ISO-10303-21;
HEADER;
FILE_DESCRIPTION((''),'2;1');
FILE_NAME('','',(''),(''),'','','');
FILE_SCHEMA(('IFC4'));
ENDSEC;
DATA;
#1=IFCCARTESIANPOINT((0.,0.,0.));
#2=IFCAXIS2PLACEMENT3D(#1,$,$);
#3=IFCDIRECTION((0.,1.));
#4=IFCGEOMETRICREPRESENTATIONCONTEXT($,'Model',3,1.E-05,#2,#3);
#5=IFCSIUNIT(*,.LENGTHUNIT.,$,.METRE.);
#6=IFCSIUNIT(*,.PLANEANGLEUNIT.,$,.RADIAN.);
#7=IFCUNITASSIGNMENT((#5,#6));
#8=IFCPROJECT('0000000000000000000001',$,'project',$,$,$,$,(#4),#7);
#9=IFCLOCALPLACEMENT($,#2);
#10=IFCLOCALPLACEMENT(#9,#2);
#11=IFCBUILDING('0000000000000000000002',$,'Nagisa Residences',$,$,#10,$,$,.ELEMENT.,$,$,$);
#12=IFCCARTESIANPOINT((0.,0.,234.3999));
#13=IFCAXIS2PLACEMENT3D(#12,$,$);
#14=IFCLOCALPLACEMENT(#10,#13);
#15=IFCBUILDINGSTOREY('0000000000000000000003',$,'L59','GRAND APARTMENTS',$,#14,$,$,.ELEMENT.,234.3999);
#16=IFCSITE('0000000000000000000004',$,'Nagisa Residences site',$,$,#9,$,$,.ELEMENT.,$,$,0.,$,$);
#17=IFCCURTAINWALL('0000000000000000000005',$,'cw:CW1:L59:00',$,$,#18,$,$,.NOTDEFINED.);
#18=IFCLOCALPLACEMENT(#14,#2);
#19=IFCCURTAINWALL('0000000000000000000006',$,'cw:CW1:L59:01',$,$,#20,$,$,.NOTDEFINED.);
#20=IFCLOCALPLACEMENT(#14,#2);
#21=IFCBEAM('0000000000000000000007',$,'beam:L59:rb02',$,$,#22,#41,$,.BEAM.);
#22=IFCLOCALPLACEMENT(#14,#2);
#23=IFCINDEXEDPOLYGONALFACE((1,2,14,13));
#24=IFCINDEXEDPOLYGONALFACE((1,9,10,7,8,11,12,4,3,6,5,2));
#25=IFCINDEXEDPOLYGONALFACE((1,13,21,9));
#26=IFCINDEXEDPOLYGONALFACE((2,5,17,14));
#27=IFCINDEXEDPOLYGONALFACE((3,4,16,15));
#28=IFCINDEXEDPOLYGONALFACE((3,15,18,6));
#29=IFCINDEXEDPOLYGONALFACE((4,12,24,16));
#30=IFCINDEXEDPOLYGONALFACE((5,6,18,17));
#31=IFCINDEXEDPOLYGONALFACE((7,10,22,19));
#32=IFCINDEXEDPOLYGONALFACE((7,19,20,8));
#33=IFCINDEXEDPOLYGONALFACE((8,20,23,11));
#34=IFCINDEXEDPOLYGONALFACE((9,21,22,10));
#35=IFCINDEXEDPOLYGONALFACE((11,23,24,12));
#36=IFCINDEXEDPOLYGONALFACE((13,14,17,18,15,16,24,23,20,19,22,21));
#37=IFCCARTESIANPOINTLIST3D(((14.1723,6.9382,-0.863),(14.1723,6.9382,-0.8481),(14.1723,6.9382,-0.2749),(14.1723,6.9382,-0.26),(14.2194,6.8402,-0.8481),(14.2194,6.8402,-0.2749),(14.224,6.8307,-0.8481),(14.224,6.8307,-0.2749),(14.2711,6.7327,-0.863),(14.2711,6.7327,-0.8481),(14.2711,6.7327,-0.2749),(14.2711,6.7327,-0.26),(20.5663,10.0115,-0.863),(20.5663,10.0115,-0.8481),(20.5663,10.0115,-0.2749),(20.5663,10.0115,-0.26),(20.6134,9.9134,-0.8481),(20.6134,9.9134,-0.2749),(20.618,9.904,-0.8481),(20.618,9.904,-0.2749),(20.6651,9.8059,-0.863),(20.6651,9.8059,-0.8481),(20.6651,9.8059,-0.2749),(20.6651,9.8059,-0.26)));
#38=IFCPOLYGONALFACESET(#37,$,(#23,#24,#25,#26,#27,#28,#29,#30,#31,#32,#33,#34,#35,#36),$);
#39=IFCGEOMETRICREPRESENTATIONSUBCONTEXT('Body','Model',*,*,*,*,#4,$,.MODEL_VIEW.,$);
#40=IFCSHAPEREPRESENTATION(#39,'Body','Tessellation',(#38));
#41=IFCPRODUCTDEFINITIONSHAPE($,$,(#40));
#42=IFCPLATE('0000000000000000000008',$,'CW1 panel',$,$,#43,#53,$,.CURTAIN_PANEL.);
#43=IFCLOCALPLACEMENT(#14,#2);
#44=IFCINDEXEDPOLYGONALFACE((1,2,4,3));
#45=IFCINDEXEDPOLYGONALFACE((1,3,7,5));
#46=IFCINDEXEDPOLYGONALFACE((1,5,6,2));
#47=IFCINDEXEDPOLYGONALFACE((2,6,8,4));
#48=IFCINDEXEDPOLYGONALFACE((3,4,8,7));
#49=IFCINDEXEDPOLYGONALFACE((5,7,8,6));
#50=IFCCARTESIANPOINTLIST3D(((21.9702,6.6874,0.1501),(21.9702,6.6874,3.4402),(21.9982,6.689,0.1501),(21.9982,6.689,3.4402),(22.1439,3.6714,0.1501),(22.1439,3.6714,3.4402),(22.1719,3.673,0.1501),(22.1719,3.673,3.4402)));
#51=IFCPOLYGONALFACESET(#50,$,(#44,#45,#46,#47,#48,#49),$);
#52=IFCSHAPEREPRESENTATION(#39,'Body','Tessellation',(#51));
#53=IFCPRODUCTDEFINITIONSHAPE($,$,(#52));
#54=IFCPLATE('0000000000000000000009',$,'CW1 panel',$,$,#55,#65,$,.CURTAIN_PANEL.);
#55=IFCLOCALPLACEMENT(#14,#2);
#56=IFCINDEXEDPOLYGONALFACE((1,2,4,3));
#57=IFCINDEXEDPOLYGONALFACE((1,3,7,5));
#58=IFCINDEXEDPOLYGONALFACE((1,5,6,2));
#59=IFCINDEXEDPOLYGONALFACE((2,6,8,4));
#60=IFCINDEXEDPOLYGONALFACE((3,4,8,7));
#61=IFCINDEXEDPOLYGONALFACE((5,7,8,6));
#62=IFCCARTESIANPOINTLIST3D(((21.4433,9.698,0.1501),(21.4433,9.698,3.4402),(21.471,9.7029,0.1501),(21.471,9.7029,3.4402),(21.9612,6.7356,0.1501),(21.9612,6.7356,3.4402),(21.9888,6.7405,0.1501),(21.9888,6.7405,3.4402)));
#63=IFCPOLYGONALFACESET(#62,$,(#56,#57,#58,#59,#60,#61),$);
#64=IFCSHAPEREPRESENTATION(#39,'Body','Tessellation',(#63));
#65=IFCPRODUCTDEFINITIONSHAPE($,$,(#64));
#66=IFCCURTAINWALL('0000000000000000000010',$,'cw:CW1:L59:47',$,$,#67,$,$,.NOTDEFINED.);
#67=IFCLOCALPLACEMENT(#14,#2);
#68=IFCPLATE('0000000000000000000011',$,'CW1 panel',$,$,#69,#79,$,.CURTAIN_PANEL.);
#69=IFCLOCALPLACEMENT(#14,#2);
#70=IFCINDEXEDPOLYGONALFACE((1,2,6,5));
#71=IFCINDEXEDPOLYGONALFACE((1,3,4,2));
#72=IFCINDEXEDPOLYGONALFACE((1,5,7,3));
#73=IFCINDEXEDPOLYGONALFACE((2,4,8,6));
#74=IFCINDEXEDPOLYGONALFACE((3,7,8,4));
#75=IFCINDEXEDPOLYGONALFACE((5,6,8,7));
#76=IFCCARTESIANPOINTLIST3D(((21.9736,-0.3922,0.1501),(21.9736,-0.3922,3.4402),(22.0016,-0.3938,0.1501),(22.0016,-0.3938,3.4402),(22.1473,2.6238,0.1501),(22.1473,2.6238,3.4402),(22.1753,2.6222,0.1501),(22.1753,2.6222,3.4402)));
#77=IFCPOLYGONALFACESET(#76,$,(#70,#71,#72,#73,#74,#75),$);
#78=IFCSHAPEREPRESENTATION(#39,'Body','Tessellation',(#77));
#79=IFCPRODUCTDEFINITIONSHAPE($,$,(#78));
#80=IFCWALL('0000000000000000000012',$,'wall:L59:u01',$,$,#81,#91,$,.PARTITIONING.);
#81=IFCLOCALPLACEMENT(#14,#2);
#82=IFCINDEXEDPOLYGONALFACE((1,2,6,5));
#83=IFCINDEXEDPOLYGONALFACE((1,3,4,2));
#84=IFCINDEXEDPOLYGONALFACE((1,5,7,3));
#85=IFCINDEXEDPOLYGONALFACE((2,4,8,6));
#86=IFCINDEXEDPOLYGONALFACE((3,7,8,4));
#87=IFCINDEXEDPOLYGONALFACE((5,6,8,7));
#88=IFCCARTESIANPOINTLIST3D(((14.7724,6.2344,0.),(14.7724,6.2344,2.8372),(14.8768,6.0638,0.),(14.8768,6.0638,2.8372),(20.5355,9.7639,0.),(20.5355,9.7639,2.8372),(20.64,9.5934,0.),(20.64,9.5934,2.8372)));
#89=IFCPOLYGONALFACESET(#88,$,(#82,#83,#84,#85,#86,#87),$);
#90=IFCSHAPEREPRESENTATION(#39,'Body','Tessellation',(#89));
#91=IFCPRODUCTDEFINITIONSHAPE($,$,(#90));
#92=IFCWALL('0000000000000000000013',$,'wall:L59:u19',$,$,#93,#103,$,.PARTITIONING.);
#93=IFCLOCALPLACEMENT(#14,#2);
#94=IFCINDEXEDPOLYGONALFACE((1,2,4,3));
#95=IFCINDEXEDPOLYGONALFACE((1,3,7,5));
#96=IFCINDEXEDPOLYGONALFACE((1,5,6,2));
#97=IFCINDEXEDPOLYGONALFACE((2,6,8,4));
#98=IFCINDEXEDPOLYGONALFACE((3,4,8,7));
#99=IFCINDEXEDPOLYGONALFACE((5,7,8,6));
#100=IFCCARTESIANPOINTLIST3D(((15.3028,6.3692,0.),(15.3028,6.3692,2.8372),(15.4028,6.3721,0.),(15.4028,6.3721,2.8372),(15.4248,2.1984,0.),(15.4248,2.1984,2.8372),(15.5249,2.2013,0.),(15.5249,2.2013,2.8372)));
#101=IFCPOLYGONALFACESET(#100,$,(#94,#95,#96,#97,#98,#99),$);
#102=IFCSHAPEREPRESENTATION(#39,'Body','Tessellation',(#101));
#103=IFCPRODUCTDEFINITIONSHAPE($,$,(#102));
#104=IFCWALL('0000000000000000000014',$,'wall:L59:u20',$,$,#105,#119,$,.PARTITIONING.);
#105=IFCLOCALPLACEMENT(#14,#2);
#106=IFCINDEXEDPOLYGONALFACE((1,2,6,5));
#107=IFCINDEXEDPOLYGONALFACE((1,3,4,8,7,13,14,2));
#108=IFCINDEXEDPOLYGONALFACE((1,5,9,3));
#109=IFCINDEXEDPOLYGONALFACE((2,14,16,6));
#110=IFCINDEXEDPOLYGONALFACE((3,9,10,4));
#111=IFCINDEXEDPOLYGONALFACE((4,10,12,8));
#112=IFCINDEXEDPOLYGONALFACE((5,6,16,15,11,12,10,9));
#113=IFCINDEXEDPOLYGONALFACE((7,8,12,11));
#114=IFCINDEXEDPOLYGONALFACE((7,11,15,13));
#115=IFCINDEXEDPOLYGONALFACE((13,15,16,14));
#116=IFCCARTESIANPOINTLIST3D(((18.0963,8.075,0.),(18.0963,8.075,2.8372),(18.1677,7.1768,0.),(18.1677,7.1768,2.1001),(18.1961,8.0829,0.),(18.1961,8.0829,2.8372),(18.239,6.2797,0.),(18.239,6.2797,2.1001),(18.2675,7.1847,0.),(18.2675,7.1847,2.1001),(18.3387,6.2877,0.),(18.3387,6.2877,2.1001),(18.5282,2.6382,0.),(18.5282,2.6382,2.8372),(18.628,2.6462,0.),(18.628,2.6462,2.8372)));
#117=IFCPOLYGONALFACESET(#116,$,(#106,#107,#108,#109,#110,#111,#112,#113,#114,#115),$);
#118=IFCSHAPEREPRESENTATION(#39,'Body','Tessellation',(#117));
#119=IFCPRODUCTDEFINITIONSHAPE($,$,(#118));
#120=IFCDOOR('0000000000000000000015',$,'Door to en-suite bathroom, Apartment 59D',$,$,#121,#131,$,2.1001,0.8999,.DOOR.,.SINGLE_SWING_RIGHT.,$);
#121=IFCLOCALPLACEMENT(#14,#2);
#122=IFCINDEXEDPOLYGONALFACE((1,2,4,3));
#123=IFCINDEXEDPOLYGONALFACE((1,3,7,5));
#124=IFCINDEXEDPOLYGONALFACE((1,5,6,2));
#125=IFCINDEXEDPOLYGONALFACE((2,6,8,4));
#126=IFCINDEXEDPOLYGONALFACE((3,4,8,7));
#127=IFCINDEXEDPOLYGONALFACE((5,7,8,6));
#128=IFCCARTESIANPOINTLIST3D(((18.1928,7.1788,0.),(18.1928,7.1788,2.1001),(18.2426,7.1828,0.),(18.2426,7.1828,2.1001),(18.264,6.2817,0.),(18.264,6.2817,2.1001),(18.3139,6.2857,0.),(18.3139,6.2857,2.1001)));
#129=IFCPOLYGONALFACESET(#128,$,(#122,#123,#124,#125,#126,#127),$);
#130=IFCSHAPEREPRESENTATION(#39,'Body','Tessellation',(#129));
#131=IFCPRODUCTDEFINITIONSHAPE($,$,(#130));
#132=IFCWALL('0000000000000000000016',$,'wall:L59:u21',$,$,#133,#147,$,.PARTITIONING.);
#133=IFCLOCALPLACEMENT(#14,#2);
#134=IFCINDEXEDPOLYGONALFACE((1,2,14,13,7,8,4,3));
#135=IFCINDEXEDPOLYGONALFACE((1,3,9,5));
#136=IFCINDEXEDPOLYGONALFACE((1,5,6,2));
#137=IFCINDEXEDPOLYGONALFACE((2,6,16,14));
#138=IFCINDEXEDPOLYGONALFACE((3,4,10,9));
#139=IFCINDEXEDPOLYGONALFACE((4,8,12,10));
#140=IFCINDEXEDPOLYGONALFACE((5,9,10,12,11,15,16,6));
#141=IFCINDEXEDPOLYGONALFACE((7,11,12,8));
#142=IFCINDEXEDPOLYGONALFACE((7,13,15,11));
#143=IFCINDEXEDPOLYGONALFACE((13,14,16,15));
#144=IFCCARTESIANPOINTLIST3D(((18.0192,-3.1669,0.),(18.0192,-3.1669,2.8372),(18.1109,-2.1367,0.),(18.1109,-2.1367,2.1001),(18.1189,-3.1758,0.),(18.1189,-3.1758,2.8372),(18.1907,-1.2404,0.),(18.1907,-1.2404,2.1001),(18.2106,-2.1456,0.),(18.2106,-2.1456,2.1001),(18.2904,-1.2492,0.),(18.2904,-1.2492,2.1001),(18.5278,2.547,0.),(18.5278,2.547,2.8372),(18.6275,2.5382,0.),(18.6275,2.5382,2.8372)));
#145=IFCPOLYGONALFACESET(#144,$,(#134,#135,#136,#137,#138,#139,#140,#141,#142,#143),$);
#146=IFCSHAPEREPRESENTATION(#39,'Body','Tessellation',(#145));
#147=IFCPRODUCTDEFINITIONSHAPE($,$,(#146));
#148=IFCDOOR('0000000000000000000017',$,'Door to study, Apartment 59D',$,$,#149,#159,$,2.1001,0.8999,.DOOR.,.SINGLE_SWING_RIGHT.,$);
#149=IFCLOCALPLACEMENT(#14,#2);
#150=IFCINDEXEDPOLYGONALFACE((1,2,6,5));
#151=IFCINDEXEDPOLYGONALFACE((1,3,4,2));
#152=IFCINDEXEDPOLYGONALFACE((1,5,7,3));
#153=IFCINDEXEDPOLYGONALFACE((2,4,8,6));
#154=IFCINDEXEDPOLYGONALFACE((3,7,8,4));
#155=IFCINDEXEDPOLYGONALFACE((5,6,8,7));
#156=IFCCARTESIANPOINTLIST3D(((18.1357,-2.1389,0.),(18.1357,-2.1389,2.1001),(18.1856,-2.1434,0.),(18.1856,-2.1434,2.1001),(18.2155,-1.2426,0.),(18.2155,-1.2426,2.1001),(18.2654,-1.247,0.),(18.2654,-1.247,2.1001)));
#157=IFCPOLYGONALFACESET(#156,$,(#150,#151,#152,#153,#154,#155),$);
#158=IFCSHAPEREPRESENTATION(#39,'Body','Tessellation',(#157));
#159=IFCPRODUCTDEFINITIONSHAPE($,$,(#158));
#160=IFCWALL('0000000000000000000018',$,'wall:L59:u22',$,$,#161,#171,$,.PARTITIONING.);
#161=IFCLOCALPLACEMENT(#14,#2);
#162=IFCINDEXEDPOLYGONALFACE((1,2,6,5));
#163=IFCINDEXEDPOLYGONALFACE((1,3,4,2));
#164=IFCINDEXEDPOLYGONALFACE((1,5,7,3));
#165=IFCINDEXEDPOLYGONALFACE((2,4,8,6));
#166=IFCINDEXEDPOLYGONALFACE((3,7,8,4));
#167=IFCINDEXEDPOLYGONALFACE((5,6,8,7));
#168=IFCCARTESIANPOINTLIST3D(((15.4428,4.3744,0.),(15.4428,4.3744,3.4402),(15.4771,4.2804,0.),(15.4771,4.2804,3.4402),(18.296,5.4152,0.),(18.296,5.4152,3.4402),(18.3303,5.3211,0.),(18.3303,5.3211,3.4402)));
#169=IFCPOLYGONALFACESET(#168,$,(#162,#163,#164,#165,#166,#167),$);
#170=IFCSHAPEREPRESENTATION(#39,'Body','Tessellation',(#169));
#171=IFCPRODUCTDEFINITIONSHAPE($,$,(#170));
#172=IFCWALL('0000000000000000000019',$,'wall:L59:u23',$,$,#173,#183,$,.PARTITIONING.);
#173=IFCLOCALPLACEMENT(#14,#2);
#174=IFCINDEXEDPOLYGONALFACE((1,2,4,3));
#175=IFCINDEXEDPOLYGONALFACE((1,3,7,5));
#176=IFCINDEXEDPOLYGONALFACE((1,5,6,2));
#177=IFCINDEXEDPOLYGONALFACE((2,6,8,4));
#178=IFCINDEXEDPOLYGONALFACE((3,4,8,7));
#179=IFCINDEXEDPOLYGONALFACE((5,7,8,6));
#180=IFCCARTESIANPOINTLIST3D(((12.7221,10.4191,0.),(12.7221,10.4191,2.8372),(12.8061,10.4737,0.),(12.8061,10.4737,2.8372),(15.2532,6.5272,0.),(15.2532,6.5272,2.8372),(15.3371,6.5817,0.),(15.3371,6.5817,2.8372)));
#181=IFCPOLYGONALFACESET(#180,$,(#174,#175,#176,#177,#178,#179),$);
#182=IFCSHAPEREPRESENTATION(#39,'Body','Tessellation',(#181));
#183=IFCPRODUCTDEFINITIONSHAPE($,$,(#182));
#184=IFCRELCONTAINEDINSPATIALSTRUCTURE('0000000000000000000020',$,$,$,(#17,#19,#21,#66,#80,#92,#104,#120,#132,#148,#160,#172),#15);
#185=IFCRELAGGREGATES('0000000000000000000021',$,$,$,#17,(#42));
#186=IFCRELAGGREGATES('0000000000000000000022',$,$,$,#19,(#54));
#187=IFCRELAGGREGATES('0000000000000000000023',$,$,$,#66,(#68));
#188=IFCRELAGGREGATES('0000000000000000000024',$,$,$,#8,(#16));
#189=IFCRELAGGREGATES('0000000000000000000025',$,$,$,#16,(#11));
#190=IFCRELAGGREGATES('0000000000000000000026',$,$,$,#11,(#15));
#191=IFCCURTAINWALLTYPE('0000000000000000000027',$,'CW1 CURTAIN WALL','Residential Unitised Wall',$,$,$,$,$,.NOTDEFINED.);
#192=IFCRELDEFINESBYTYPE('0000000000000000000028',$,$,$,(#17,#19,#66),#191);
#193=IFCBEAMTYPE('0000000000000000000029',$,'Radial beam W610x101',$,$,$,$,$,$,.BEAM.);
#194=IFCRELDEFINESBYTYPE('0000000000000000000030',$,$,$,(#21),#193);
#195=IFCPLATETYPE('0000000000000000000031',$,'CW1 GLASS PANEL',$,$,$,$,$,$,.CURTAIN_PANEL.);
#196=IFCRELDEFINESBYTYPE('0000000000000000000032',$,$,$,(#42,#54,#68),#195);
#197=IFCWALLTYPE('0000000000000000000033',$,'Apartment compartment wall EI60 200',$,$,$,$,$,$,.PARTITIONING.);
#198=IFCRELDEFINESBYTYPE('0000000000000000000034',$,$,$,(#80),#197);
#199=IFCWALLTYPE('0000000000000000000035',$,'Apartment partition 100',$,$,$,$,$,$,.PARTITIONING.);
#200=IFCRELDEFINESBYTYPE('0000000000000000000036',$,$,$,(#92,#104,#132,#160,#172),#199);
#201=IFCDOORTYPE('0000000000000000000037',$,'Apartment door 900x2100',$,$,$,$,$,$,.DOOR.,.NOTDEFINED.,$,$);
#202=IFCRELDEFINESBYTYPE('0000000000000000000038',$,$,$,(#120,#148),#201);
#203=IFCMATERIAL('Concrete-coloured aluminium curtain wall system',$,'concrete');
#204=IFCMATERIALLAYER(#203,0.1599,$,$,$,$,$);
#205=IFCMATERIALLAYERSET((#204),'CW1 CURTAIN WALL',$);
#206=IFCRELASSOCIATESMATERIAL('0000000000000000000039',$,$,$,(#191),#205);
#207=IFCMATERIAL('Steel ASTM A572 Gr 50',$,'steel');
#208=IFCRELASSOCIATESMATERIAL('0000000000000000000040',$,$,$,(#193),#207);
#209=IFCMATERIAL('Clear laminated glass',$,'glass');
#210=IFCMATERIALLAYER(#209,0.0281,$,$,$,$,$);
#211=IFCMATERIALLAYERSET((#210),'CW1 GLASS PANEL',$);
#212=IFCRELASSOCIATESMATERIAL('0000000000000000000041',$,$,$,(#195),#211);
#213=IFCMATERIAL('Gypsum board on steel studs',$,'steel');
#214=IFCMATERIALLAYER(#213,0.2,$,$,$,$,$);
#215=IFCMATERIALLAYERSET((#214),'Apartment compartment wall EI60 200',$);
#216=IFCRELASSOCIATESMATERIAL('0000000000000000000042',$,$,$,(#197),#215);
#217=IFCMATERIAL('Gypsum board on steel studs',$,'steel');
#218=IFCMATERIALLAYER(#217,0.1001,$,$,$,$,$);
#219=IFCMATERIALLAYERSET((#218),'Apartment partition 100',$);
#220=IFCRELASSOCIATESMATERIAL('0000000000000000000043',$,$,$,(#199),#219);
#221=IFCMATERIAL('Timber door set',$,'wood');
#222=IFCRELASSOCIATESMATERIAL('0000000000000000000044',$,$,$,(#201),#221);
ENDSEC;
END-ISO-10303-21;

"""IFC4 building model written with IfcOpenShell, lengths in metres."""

from ifc_helpers import new_model, si_unit, direction, frame, frame_2d, origin, origin_2d, place, context, subcontext, project, spatial, rectangle, i_section, extrude, material, layer, layer_set, material_profile, profile_set, type_object, element, fill, aggregate, save


model = new_model("IFC4")

# Units and contexts
model_context = context("Model", 3, precision=1e-05, world=origin(), true_north=direction((0.0, 1.0)))
body_context = subcontext(model_context, "Body", "Model", "MODEL_VIEW")
ifc_project = project(units=[si_unit("LENGTHUNIT", "METRE"), si_unit("PLANEANGLEUNIT", "RADIAN")], contexts=[model_context])

# Site, building, storey
site_placement = place(None, origin())
site = spatial("IfcSite", under=ifc_project, at=site_placement, Name="Nagisa Residences site", CompositionType="ELEMENT", RefElevation=0.0)
building_placement = place(site_placement, origin())
building = spatial("IfcBuilding", under=site, at=building_placement, Name="Nagisa Residences", CompositionType="ELEMENT")
storey_placement = place(building_placement, frame((0.0, 0.0, 234.3999)))
storey = spatial("IfcBuildingStorey", under=building, at=storey_placement, Name="L59", Description="GRAND APARTMENTS", CompositionType="ELEMENT", Elevation=234.3999)

# Curtain walls
ifc_material_1 = material(Name="Concrete-coloured aluminium curtain wall system", Category="concrete")
ifc_layer_1 = layer(ifc_material_1, 0.1599)
ifc_layer_set_1 = layer_set([ifc_layer_1], Name="CW1 CURTAIN WALL")
curtain_wall_type = type_object("IfcCurtainWallType", Name="CW1 CURTAIN WALL", Description="Residential Unitised Wall", PredefinedType="NOTDEFINED", material=ifc_layer_set_1)
curtain_wall_1_placement = place(storey_placement, origin())
curtain_wall_1 = element("IfcCurtainWall", 1, at=curtain_wall_1_placement, inside=storey, type_object=curtain_wall_type, Name="cw:CW1:L59:00", PredefinedType="NOTDEFINED")
curtain_wall_2_placement = place(storey_placement, origin())
curtain_wall_2 = element("IfcCurtainWall", 2, at=curtain_wall_2_placement, inside=storey, type_object=curtain_wall_type, Name="cw:CW1:L59:01", PredefinedType="NOTDEFINED")

# Beam
ifc_material_2 = material(Name="Steel ASTM A572 Gr 50", Category="steel")
ifc_material_profile_1 = material_profile(ifc_material_2, i_section(OverallWidth=0.228, OverallDepth=0.603, WebThickness=0.0105, FlangeThickness=0.0149, at=origin_2d()), Name="W610x101")
ifc_profile_set_1 = profile_set([ifc_material_profile_1], Name="Steel ASTM A572 Gr 50")
beam_type_1 = type_object("IfcBeamType", Name="Radial beam W610x101", PredefinedType="BEAM", material=ifc_profile_set_1)
beam_1_placement = place(storey_placement, frame((20.6157, 9.9087, -0.5615), z_axis=(-0.901297, -0.433201, 0.0), x_axis=(0.433201, -0.901297, 0.0)))
element("IfcBeam", 3, at=beam_1_placement, inside=storey, type_object=beam_type_1, Name="beam:L59:rb02", PredefinedType="BEAM", context=body_context, shape_type="SweptSolid", body=[
    extrude(i_section(OverallWidth=0.228, OverallDepth=0.603, WebThickness=0.0105, FlangeThickness=0.0149, at=origin_2d()), origin(), (0.0, 0.0, 1.0), 7.0942),
])

# Plates
ifc_material_3 = material(Name="Clear laminated glass", Category="glass")
ifc_layer_2 = layer(ifc_material_3, 0.0281)
ifc_layer_set_2 = layer_set([ifc_layer_2], Name="CW1 GLASS PANEL")
plate_type = type_object("IfcPlateType", Name="CW1 GLASS PANEL", PredefinedType="CURTAIN_PANEL", material=ifc_layer_set_2)
plate_1_placement = place(storey_placement, frame((22.071, 5.1802, 0.1501), z_axis=(0.0, 0.0, 1.0), x_axis=(-0.057503, 0.998345, 0.0)))
plate_1 = element("IfcPlate", 4, at=plate_1_placement, type_object=plate_type, Name="CW1 panel", PredefinedType="CURTAIN_PANEL", context=body_context, shape_type="SweptSolid", body=[
    extrude(rectangle(XDim=3.021, YDim=0.0281, at=origin_2d()), origin(), (0.0, 0.0, 1.0), 3.29),
])
aggregate(curtain_wall_1, [plate_1])
plate_2_placement = place(storey_placement, frame((21.7161, 8.2192, 0.1501), z_axis=(0.0, 0.0, 1.0), x_axis=(-0.172191, 0.985064, 0.0)))
plate_2 = element("IfcPlate", 5, at=plate_2_placement, type_object=plate_type, Name="CW1 panel", PredefinedType="CURTAIN_PANEL", context=body_context, shape_type="SweptSolid", body=[
    extrude(rectangle(XDim=3.0073, YDim=0.0281, at=origin_2d()), origin(), (0.0, 0.0, 1.0), 3.29),
])
aggregate(curtain_wall_2, [plate_2])

# Curtain wall, plate
curtain_wall_3_placement = place(storey_placement, origin())
curtain_wall_3 = element("IfcCurtainWall", 6, at=curtain_wall_3_placement, inside=storey, type_object=curtain_wall_type, Name="cw:CW1:L59:47", PredefinedType="NOTDEFINED")
plate_3_placement = place(storey_placement, frame((22.0745, 1.115, 0.1501), z_axis=(0.0, 0.0, 1.0), x_axis=(0.057503, 0.998345, 0.0)))
plate_3 = element("IfcPlate", 7, at=plate_3_placement, type_object=plate_type, Name="CW1 panel", PredefinedType="CURTAIN_PANEL", context=body_context, shape_type="SweptSolid", body=[
    extrude(rectangle(XDim=3.021, YDim=0.0281, at=origin_2d()), origin(), (0.0, 0.0, 1.0), 3.29),
])
aggregate(curtain_wall_3, [plate_3])

# Walls
ifc_material_4 = material(Name="Gypsum board on steel studs", Category="steel")
ifc_layer_3 = layer(ifc_material_4, 0.2)
ifc_layer_set_3 = layer_set([ifc_layer_3], Name="Apartment compartment wall EI60 200")
wall_type_1 = type_object("IfcWallType", Name="Apartment compartment wall EI60 200", PredefinedType="PARTITIONING", material=ifc_layer_set_3)
wall_1_placement = place(storey_placement, frame((14.8247, 6.1492, 0.0), z_axis=(0.0, 0.0, 1.0), x_axis=(0.852781, 0.522268, 0.0)))
element("IfcWall", 8, at=wall_1_placement, inside=storey, type_object=wall_type_1, Name="wall:L59:u01", PredefinedType="PARTITIONING", context=body_context, shape_type="SweptSolid", body=[
    extrude(rectangle(XDim=6.7581, YDim=0.2, at=frame_2d((3.3789, 0.0))), origin(), (0.0, 0.0, 1.0), 2.8372),
])
ifc_material_5 = material(Name="Gypsum board on steel studs", Category="steel")
ifc_layer_4 = layer(ifc_material_5, 0.1001)
ifc_layer_set_4 = layer_set([ifc_layer_4], Name="Apartment partition 100")
wall_type_2 = type_object("IfcWallType", Name="Apartment partition 100", PredefinedType="PARTITIONING", material=ifc_layer_set_4)
wall_2_placement = place(storey_placement, frame((15.4749, 2.1997, 0.0), z_axis=(0.0, 0.0, 1.0), x_axis=(-0.029255, 0.999572, 0.0)))
element("IfcWall", 9, at=wall_2_placement, inside=storey, type_object=wall_type_2, Name="wall:L59:u19", PredefinedType="PARTITIONING", context=body_context, shape_type="SweptSolid", body=[
    extrude(rectangle(XDim=4.1726, YDim=0.1001, at=frame_2d((2.0864, 0.0))), origin(), (0.0, 0.0, 1.0), 2.8372),
])

# Walls, openings, doors
wall_3_placement = place(storey_placement, frame((18.5781, 2.6421, 0.0), z_axis=(0.0, 0.0, 1.0), x_axis=(-0.079188, 0.99686, 0.0)))
wall_3 = element("IfcWall", 10, at=wall_3_placement, inside=storey, type_object=wall_type_2, Name="wall:L59:u20", PredefinedType="PARTITIONING", context=body_context, shape_type="SweptSolid", body=[
    extrude(rectangle(XDim=5.4539, YDim=0.1001, at=frame_2d((2.7271, 0.0))), origin(), (0.0, 0.0, 1.0), 2.8372),
])
opening_1_placement = place(wall_3_placement, frame((3.6531, 0.0, 0.0)))
opening_1 = element("IfcOpeningElement", 11, at=opening_1_placement, cuts=wall_3, PredefinedType="OPENING", context=body_context, shape_type="SweptSolid", body=[
    extrude(rectangle(XDim=0.8999, YDim=2.1001, at=frame_2d((0.45, 1.05))), frame((0.0, 0.0601, 0.0), z_axis=(0.0, -1.0, 0.0), x_axis=(1.0, 0.0, 0.0)), (0.0, 0.0, 1.0), 0.1201),
])
ifc_material_6 = material(Name="Timber door set", Category="wood")
door_type_1 = type_object("IfcDoorType", Name="Apartment door 900x2100", OperationType="NOTDEFINED", PredefinedType="DOOR", material=ifc_material_6)
door_1_placement = place(opening_1_placement, origin())
door_1 = element("IfcDoor", 12, at=door_1_placement, inside=storey, type_object=door_type_1, Name="Door to en-suite bathroom, Apartment 59D", OperationType="SINGLE_SWING_RIGHT", OverallHeight=2.1001, OverallWidth=0.8999, PredefinedType="DOOR", context=body_context, shape_type="SweptSolid", body=[
    extrude(rectangle(XDim=0.8999, YDim=2.1001, at=frame_2d((0.45, 1.05))), frame((0.0, 0.0249, 0.0), z_axis=(0.0, -1.0, 0.0), x_axis=(1.0, 0.0, 0.0)), (0.0, 0.0, 1.0), 0.05),
])
fill(opening_1, door_1)
wall_4_placement = place(storey_placement, frame((18.5776, 2.5425, 0.0), z_axis=(0.0, 0.0, 1.0), x_axis=(-0.088651, -0.996063, 0.0)))
wall_4 = element("IfcWall", 13, at=wall_4_placement, inside=storey, type_object=wall_type_2, Name="wall:L59:u21", PredefinedType="PARTITIONING", context=body_context, shape_type="SweptSolid", body=[
    extrude(rectangle(XDim=5.7366, YDim=0.1001, at=frame_2d((2.8682, 0.0))), origin(), (0.0, 0.0, 1.0), 2.8372),
])
opening_2_placement = place(wall_4_placement, frame((3.8022, 0.0, 0.0)))
opening_2 = element("IfcOpeningElement", 14, at=opening_2_placement, cuts=wall_4, PredefinedType="OPENING", context=body_context, shape_type="SweptSolid", body=[
    extrude(rectangle(XDim=0.8999, YDim=2.1001, at=frame_2d((0.45, 1.05))), frame((0.0, 0.0601, 0.0), z_axis=(0.0, -1.0, 0.0), x_axis=(1.0, 0.0, 0.0)), (0.0, 0.0, 1.0), 0.1201),
])
door_2_placement = place(opening_2_placement, origin())
door_2 = element("IfcDoor", 15, at=door_2_placement, inside=storey, type_object=door_type_1, Name="Door to study, Apartment 59D", OperationType="SINGLE_SWING_RIGHT", OverallHeight=2.1001, OverallWidth=0.8999, PredefinedType="DOOR", context=body_context, shape_type="SweptSolid", body=[
    extrude(rectangle(XDim=0.8999, YDim=2.1001, at=frame_2d((0.45, 1.05))), frame((0.0, 0.0249, 0.0), z_axis=(0.0, -1.0, 0.0), x_axis=(1.0, 0.0, 0.0)), (0.0, 0.0, 1.0), 0.05),
])
fill(opening_2, door_2)

# Walls
wall_5_placement = place(storey_placement, frame((15.46, 4.3274, 0.0), z_axis=(0.0, 0.0, 1.0), x_axis=(0.939453, 0.342679, 0.0)))
element("IfcWall", 16, at=wall_5_placement, inside=storey, type_object=wall_type_2, Name="wall:L59:u22", PredefinedType="PARTITIONING", context=body_context, shape_type="SweptSolid", body=[
    extrude(rectangle(XDim=3.0371, YDim=0.1001, at=frame_2d((1.5186, 0.0))), origin(), (0.0, 0.0, 1.0), 3.4402),
])
wall_6_placement = place(storey_placement, frame((15.2952, 6.5544, 0.0), z_axis=(0.0, 0.0, 1.0), x_axis=(-0.545186, 0.838315, 0.0)))
element("IfcWall", 17, at=wall_6_placement, inside=storey, type_object=wall_type_2, Name="wall:L59:u23", PredefinedType="PARTITIONING", context=body_context, shape_type="SweptSolid", body=[
    extrude(rectangle(XDim=4.6426, YDim=0.1001, at=frame_2d((2.3213, 0.0))), origin(), (0.0, 0.0, 1.0), 2.8372),
])

save(model, "model.ifc")
